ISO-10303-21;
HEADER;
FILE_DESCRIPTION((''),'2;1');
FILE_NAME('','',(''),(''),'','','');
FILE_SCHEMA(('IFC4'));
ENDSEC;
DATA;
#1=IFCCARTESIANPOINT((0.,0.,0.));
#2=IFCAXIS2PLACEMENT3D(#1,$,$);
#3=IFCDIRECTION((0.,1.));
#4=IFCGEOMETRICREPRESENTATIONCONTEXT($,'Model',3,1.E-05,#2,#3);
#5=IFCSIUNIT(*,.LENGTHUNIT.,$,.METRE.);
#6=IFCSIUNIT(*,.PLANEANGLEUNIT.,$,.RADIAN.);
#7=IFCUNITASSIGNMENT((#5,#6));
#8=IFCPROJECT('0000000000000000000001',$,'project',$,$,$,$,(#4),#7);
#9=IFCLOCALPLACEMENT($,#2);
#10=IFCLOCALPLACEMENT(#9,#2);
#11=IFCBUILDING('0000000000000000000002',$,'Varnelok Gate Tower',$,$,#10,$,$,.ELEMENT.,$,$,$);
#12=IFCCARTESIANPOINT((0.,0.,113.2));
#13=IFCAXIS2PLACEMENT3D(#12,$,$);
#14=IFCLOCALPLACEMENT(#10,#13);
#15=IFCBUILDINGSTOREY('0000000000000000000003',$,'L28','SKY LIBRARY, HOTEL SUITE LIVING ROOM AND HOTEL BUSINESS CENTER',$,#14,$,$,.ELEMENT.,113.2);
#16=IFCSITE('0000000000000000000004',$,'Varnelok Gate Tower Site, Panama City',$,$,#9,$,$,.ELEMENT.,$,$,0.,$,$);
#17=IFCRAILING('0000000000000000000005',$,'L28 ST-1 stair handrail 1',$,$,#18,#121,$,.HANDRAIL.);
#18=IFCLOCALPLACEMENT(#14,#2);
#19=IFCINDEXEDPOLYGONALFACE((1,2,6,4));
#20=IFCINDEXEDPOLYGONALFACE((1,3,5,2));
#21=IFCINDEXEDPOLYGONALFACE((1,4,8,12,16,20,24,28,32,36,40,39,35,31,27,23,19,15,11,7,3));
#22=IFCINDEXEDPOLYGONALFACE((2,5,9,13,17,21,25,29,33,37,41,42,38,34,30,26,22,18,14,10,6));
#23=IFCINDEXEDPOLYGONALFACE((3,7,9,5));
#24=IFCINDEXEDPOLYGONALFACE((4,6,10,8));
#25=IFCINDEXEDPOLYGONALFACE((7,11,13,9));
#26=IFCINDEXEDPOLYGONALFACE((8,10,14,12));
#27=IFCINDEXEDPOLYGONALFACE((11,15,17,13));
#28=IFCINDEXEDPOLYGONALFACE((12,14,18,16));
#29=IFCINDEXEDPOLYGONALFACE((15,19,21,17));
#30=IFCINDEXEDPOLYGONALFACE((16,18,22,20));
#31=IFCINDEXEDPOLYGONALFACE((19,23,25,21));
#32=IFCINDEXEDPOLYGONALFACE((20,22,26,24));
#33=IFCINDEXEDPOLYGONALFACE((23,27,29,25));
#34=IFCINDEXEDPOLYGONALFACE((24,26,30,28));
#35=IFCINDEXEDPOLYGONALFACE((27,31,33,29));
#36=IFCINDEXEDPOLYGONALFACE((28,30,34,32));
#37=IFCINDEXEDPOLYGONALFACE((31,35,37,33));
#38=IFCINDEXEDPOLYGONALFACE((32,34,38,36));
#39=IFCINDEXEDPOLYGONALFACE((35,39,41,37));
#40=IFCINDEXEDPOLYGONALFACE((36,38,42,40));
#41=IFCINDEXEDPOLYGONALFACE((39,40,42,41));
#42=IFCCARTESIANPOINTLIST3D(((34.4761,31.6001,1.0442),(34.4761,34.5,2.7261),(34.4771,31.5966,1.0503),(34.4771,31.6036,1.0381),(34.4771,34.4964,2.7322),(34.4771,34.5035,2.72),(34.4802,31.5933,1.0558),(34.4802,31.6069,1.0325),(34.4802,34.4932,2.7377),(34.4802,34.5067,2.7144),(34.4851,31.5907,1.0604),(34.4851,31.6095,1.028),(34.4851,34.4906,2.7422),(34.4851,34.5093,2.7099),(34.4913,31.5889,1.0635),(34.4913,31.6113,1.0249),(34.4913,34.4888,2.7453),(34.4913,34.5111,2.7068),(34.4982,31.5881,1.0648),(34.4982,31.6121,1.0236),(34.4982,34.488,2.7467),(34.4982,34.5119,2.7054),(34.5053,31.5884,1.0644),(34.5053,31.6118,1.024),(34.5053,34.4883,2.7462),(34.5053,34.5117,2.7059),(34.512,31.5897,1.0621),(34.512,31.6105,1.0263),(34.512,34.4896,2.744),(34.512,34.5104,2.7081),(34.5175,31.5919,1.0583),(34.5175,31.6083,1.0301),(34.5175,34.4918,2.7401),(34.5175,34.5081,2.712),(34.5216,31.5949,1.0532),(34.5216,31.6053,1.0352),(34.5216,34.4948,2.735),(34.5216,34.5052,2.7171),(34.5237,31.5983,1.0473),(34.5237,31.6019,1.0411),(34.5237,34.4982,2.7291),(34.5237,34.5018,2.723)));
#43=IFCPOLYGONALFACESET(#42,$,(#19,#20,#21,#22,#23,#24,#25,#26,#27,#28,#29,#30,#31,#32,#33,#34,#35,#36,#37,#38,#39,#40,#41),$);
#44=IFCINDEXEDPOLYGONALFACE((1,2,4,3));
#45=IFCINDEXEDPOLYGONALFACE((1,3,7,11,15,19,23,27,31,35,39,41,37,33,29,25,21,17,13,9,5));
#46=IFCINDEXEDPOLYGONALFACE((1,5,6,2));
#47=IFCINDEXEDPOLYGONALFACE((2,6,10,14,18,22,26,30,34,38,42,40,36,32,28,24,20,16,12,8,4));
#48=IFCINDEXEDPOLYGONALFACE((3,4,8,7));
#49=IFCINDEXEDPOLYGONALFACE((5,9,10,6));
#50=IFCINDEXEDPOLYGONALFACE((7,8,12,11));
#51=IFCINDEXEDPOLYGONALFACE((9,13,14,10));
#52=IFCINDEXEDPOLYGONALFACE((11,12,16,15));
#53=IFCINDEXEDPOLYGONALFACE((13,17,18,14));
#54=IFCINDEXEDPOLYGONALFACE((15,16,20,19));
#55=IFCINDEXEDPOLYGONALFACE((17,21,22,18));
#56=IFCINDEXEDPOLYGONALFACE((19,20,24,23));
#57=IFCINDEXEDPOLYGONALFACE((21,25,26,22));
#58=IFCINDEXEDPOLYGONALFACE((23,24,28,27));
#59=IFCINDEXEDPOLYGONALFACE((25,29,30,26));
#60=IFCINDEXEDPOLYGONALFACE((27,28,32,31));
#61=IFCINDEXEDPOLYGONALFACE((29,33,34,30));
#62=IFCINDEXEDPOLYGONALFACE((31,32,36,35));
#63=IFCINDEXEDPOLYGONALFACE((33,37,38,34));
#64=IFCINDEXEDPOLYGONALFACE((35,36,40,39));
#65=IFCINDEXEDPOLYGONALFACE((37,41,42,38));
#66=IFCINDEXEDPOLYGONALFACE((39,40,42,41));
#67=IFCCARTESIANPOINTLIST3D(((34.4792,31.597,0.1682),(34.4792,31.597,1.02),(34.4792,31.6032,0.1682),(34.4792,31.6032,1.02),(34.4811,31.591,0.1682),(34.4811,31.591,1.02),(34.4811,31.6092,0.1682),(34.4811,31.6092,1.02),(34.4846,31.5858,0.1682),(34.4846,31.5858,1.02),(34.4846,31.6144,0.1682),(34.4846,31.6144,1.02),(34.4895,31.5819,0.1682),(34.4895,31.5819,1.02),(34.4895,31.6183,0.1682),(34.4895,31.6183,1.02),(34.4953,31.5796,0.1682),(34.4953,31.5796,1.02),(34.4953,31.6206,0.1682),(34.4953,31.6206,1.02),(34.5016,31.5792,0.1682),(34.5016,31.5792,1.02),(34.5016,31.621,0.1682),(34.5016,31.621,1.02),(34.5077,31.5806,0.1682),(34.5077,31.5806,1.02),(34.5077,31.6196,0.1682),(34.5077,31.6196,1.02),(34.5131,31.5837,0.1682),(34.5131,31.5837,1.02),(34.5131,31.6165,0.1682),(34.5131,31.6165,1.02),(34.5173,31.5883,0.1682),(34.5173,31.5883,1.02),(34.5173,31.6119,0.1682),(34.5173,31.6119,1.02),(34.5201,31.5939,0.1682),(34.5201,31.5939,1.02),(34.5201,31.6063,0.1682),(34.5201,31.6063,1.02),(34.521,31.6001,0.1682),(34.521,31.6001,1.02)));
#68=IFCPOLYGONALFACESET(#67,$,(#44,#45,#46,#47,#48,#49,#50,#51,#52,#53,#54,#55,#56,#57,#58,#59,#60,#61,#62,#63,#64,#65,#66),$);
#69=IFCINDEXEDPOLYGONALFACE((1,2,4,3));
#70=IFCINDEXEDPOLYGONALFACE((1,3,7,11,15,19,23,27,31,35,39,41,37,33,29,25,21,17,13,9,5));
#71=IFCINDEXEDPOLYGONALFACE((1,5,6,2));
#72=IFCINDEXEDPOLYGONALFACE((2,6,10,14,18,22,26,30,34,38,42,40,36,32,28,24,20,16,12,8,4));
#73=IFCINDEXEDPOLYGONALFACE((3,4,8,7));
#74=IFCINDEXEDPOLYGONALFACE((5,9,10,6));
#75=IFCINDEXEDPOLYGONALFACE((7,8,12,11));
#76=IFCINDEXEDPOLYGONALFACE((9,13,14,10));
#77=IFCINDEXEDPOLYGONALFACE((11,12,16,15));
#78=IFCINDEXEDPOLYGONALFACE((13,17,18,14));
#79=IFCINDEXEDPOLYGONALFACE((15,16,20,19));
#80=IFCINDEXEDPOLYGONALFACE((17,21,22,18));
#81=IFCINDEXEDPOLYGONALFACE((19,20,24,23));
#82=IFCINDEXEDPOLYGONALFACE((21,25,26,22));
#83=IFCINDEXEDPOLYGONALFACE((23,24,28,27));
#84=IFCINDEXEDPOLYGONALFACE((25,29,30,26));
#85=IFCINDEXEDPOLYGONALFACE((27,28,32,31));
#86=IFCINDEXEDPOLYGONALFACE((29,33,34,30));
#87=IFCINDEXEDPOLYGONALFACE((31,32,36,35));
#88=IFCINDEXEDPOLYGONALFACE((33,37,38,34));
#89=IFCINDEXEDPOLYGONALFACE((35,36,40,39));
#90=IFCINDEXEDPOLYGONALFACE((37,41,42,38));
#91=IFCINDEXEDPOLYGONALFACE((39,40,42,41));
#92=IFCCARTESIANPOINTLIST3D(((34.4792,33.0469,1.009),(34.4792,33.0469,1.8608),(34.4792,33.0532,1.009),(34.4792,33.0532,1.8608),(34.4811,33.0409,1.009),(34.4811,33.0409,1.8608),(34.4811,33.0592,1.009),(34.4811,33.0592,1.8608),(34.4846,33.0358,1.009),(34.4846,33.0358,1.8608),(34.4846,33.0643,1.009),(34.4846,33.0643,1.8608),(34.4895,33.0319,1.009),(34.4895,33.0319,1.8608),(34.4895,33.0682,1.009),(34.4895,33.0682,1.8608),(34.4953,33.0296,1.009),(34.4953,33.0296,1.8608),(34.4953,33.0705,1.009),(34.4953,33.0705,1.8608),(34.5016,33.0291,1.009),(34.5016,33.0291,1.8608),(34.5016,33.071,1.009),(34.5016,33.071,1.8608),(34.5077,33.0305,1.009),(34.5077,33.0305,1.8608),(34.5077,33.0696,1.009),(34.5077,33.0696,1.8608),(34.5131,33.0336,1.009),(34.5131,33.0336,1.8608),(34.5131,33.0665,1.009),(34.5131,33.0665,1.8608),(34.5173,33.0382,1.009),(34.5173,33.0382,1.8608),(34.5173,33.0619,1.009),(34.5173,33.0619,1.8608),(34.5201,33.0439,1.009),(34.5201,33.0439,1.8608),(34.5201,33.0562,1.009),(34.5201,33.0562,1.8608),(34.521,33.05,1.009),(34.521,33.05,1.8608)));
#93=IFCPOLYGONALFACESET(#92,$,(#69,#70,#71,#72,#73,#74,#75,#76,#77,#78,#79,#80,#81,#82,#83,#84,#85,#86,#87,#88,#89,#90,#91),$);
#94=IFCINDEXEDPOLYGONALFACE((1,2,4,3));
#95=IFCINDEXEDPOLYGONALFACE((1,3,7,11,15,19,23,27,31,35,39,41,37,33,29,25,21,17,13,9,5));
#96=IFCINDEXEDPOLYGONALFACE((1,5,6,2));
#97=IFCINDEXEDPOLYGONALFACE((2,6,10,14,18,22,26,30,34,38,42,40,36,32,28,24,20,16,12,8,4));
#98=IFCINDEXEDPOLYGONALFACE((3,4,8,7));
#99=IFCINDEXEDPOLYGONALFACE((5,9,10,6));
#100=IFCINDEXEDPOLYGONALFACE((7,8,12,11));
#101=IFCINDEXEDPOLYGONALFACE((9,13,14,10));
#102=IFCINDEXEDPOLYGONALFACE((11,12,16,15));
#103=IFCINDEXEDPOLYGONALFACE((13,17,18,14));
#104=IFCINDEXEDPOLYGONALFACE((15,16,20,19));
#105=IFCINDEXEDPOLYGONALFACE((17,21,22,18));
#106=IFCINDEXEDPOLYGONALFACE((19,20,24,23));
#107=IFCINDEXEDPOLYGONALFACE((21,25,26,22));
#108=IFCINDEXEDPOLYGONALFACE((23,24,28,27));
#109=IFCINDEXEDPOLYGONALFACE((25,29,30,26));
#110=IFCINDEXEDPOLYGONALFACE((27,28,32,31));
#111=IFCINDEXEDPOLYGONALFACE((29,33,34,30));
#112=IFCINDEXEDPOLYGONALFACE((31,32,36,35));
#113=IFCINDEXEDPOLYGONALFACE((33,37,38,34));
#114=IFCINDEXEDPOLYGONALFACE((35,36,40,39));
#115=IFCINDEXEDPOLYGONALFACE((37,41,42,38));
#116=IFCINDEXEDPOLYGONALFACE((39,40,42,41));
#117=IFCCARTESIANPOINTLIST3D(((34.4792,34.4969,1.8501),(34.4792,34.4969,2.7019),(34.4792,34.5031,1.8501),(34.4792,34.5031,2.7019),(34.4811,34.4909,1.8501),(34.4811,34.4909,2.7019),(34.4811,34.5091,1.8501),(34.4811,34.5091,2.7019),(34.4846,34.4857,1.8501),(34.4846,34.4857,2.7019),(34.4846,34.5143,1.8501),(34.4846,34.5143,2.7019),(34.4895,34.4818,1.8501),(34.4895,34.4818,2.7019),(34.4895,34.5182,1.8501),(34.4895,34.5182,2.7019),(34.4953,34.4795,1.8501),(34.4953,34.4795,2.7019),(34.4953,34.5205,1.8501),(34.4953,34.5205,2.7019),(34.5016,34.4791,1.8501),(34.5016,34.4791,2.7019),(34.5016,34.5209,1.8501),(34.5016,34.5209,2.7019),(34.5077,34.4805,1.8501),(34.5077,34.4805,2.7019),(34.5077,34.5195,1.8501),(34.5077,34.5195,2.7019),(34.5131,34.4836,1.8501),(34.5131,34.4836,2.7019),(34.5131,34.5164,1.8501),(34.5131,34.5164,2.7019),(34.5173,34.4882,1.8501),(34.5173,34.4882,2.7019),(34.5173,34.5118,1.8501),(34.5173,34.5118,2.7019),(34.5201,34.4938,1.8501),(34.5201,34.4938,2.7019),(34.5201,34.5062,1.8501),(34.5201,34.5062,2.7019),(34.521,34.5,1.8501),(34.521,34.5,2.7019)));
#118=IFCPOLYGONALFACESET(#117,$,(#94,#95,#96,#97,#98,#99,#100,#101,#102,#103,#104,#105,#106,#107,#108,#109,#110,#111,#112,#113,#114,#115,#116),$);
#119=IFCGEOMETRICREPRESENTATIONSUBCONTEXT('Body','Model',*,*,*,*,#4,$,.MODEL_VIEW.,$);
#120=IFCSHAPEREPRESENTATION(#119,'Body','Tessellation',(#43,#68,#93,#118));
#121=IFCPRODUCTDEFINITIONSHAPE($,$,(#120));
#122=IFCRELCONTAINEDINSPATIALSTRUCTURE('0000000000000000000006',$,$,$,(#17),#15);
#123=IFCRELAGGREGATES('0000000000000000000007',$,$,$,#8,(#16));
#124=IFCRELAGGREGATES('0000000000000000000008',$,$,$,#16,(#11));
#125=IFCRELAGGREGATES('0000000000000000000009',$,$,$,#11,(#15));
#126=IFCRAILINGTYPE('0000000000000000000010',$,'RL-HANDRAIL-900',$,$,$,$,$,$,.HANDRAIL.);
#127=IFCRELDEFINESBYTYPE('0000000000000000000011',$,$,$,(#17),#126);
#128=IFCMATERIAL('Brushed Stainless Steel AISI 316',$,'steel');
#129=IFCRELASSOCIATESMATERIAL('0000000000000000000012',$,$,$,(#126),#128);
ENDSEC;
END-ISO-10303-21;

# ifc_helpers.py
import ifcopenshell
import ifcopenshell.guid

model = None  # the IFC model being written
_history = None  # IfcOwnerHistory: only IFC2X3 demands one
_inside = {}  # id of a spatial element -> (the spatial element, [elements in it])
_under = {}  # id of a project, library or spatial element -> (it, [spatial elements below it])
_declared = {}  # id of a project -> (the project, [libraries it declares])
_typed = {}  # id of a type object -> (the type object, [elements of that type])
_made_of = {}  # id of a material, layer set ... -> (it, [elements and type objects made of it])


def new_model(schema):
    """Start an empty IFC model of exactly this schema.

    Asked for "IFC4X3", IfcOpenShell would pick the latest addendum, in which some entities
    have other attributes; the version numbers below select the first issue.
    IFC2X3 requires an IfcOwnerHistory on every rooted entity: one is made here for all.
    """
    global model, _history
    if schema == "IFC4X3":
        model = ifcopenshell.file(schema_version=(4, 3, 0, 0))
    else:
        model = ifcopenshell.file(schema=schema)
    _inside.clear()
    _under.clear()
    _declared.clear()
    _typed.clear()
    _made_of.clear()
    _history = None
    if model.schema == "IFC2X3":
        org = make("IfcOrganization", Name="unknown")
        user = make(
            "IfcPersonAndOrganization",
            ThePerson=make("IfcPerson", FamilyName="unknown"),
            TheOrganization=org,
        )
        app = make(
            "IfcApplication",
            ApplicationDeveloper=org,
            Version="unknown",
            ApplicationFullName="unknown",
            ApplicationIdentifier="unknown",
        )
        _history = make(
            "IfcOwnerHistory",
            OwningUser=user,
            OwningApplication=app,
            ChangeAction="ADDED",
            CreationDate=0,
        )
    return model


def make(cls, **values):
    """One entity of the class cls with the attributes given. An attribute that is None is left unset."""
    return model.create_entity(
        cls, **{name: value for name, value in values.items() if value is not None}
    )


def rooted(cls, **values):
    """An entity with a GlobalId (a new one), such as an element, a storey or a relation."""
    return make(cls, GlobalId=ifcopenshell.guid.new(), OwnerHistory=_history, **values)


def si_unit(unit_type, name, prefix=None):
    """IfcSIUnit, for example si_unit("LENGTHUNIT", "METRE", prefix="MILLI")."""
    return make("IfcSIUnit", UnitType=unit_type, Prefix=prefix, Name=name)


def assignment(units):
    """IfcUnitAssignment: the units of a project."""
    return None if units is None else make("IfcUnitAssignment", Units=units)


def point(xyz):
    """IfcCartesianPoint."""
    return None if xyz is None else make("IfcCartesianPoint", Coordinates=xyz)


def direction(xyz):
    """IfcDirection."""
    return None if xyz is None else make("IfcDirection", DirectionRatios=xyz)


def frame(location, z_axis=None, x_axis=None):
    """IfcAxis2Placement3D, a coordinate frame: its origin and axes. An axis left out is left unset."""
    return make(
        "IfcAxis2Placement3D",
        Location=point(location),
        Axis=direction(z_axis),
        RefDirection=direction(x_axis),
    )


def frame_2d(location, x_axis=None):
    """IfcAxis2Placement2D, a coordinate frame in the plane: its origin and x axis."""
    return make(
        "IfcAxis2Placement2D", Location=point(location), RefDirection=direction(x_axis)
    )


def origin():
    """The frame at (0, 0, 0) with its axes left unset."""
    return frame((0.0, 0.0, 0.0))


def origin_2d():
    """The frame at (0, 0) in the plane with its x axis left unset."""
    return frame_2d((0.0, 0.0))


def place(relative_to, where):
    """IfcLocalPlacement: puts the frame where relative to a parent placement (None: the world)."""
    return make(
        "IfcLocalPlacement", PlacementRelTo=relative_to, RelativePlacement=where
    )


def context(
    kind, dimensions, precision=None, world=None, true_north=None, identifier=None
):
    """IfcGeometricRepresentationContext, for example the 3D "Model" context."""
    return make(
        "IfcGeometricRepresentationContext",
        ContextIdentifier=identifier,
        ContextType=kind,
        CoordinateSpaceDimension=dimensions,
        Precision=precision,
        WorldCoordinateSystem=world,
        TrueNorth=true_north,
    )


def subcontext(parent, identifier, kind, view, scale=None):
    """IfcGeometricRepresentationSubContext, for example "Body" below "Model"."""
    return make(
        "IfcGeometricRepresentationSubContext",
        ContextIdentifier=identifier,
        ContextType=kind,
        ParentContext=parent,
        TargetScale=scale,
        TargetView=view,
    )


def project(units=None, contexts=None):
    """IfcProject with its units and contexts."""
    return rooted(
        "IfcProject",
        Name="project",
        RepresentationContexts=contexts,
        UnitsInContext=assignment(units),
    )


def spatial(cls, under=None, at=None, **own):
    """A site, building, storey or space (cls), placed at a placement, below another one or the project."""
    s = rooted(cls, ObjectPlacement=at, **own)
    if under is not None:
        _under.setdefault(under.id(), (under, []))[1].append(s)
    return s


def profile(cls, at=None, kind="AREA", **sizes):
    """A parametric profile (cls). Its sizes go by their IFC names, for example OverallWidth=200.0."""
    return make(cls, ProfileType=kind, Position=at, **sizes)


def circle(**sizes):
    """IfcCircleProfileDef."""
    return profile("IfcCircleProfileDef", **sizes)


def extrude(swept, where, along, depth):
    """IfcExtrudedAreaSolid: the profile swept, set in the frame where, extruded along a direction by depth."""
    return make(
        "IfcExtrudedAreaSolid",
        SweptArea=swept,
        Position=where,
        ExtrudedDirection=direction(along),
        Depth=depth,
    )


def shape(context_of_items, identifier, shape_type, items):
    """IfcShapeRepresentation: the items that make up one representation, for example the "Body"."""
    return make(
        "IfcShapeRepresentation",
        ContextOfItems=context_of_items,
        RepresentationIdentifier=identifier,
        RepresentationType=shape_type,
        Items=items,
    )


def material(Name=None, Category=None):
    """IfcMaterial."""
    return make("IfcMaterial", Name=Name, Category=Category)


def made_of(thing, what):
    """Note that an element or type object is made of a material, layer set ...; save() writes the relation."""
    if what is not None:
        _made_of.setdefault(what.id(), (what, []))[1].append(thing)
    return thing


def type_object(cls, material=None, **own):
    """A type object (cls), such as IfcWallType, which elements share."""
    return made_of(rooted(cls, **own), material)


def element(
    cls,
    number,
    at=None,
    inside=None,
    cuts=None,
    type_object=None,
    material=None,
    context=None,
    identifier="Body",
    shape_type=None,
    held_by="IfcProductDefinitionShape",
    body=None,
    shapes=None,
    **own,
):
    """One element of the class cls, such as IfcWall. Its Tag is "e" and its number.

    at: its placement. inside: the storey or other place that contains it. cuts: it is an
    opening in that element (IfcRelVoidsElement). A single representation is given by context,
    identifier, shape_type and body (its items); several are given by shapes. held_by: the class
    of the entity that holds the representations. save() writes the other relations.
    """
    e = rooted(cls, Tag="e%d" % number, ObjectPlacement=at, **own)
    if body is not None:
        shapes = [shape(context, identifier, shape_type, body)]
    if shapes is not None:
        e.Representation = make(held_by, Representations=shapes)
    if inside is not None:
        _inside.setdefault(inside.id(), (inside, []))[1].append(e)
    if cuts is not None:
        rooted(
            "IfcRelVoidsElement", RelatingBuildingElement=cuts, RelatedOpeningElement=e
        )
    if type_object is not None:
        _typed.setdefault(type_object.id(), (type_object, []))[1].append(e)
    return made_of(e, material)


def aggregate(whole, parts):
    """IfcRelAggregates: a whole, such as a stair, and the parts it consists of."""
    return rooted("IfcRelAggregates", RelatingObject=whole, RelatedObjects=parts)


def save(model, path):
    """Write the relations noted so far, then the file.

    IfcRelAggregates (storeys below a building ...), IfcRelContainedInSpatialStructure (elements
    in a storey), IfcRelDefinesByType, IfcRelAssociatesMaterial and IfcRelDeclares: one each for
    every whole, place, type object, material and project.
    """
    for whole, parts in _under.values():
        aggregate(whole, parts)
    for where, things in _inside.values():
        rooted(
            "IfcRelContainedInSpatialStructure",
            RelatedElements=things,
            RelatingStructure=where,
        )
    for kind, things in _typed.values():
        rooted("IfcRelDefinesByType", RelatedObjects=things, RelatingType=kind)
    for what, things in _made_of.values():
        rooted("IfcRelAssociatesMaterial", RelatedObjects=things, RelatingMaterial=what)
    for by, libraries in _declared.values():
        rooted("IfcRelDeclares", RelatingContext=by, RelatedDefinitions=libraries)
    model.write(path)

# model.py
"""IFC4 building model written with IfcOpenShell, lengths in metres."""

from ifc_helpers import new_model, si_unit, direction, frame, origin, origin_2d, place, context, subcontext, project, spatial, circle, extrude, material, type_object, element, save


model = new_model("IFC4")

# Units and contexts
model_context = context("Model", 3, precision=1e-05, world=origin(), true_north=direction((0.0, 1.0)))
body_context = subcontext(model_context, "Body", "Model", "MODEL_VIEW")
ifc_project = project(units=[si_unit("LENGTHUNIT", "METRE"), si_unit("PLANEANGLEUNIT", "RADIAN")], contexts=[model_context])

# Site, building, storey
site_placement = place(None, origin())
site = spatial("IfcSite", under=ifc_project, at=site_placement, Name="Varnelok Gate Tower Site, Panama City", CompositionType="ELEMENT", RefElevation=0.0)
building_placement = place(site_placement, origin())
building = spatial("IfcBuilding", under=site, at=building_placement, Name="Varnelok Gate Tower", CompositionType="ELEMENT")
storey_placement = place(building_placement, frame((0.0, 0.0, 113.2)))
storey = spatial("IfcBuildingStorey", under=building, at=storey_placement, Name="L28", Description="SKY LIBRARY, HOTEL SUITE LIVING ROOM AND HOTEL BUSINESS CENTER", CompositionType="ELEMENT", Elevation=113.2)

# Railing
ifc_material_1 = material(Name="Brushed Stainless Steel AISI 316", Category="steel")
railing_type_1 = type_object("IfcRailingType", Name="RL-HANDRAIL-900", PredefinedType="HANDRAIL", material=ifc_material_1)
railing_1_placement = place(storey_placement, frame((34.5, 31.6001, 0.1682)))
element("IfcRailing", 1, at=railing_1_placement, inside=storey, type_object=railing_type_1, Name="L28 ST-1 stair handrail 1", PredefinedType="HANDRAIL", context=body_context, shape_type="SweptSolid", body=[
    extrude(circle(Radius=0.0239, at=origin_2d()), frame((0.0, 0.0, 0.876), z_axis=(0.0, 0.865039, 0.501705), x_axis=(-1.0, 0.0, 0.0)), (0.0, 0.0, 1.0), 3.3523),
    extrude(circle(Radius=0.021, at=origin_2d()), origin(), (0.0, 0.0, 1.0), 0.8518),
    extrude(circle(Radius=0.021, at=origin_2d()), frame((0.0, 1.45, 0.8408)), (0.0, 0.0, 1.0), 0.8518),
    extrude(circle(Radius=0.021, at=origin_2d()), frame((0.0, 2.8999, 1.6819)), (0.0, 0.0, 1.0), 0.8518),
])

save(model, "model.ifc")
